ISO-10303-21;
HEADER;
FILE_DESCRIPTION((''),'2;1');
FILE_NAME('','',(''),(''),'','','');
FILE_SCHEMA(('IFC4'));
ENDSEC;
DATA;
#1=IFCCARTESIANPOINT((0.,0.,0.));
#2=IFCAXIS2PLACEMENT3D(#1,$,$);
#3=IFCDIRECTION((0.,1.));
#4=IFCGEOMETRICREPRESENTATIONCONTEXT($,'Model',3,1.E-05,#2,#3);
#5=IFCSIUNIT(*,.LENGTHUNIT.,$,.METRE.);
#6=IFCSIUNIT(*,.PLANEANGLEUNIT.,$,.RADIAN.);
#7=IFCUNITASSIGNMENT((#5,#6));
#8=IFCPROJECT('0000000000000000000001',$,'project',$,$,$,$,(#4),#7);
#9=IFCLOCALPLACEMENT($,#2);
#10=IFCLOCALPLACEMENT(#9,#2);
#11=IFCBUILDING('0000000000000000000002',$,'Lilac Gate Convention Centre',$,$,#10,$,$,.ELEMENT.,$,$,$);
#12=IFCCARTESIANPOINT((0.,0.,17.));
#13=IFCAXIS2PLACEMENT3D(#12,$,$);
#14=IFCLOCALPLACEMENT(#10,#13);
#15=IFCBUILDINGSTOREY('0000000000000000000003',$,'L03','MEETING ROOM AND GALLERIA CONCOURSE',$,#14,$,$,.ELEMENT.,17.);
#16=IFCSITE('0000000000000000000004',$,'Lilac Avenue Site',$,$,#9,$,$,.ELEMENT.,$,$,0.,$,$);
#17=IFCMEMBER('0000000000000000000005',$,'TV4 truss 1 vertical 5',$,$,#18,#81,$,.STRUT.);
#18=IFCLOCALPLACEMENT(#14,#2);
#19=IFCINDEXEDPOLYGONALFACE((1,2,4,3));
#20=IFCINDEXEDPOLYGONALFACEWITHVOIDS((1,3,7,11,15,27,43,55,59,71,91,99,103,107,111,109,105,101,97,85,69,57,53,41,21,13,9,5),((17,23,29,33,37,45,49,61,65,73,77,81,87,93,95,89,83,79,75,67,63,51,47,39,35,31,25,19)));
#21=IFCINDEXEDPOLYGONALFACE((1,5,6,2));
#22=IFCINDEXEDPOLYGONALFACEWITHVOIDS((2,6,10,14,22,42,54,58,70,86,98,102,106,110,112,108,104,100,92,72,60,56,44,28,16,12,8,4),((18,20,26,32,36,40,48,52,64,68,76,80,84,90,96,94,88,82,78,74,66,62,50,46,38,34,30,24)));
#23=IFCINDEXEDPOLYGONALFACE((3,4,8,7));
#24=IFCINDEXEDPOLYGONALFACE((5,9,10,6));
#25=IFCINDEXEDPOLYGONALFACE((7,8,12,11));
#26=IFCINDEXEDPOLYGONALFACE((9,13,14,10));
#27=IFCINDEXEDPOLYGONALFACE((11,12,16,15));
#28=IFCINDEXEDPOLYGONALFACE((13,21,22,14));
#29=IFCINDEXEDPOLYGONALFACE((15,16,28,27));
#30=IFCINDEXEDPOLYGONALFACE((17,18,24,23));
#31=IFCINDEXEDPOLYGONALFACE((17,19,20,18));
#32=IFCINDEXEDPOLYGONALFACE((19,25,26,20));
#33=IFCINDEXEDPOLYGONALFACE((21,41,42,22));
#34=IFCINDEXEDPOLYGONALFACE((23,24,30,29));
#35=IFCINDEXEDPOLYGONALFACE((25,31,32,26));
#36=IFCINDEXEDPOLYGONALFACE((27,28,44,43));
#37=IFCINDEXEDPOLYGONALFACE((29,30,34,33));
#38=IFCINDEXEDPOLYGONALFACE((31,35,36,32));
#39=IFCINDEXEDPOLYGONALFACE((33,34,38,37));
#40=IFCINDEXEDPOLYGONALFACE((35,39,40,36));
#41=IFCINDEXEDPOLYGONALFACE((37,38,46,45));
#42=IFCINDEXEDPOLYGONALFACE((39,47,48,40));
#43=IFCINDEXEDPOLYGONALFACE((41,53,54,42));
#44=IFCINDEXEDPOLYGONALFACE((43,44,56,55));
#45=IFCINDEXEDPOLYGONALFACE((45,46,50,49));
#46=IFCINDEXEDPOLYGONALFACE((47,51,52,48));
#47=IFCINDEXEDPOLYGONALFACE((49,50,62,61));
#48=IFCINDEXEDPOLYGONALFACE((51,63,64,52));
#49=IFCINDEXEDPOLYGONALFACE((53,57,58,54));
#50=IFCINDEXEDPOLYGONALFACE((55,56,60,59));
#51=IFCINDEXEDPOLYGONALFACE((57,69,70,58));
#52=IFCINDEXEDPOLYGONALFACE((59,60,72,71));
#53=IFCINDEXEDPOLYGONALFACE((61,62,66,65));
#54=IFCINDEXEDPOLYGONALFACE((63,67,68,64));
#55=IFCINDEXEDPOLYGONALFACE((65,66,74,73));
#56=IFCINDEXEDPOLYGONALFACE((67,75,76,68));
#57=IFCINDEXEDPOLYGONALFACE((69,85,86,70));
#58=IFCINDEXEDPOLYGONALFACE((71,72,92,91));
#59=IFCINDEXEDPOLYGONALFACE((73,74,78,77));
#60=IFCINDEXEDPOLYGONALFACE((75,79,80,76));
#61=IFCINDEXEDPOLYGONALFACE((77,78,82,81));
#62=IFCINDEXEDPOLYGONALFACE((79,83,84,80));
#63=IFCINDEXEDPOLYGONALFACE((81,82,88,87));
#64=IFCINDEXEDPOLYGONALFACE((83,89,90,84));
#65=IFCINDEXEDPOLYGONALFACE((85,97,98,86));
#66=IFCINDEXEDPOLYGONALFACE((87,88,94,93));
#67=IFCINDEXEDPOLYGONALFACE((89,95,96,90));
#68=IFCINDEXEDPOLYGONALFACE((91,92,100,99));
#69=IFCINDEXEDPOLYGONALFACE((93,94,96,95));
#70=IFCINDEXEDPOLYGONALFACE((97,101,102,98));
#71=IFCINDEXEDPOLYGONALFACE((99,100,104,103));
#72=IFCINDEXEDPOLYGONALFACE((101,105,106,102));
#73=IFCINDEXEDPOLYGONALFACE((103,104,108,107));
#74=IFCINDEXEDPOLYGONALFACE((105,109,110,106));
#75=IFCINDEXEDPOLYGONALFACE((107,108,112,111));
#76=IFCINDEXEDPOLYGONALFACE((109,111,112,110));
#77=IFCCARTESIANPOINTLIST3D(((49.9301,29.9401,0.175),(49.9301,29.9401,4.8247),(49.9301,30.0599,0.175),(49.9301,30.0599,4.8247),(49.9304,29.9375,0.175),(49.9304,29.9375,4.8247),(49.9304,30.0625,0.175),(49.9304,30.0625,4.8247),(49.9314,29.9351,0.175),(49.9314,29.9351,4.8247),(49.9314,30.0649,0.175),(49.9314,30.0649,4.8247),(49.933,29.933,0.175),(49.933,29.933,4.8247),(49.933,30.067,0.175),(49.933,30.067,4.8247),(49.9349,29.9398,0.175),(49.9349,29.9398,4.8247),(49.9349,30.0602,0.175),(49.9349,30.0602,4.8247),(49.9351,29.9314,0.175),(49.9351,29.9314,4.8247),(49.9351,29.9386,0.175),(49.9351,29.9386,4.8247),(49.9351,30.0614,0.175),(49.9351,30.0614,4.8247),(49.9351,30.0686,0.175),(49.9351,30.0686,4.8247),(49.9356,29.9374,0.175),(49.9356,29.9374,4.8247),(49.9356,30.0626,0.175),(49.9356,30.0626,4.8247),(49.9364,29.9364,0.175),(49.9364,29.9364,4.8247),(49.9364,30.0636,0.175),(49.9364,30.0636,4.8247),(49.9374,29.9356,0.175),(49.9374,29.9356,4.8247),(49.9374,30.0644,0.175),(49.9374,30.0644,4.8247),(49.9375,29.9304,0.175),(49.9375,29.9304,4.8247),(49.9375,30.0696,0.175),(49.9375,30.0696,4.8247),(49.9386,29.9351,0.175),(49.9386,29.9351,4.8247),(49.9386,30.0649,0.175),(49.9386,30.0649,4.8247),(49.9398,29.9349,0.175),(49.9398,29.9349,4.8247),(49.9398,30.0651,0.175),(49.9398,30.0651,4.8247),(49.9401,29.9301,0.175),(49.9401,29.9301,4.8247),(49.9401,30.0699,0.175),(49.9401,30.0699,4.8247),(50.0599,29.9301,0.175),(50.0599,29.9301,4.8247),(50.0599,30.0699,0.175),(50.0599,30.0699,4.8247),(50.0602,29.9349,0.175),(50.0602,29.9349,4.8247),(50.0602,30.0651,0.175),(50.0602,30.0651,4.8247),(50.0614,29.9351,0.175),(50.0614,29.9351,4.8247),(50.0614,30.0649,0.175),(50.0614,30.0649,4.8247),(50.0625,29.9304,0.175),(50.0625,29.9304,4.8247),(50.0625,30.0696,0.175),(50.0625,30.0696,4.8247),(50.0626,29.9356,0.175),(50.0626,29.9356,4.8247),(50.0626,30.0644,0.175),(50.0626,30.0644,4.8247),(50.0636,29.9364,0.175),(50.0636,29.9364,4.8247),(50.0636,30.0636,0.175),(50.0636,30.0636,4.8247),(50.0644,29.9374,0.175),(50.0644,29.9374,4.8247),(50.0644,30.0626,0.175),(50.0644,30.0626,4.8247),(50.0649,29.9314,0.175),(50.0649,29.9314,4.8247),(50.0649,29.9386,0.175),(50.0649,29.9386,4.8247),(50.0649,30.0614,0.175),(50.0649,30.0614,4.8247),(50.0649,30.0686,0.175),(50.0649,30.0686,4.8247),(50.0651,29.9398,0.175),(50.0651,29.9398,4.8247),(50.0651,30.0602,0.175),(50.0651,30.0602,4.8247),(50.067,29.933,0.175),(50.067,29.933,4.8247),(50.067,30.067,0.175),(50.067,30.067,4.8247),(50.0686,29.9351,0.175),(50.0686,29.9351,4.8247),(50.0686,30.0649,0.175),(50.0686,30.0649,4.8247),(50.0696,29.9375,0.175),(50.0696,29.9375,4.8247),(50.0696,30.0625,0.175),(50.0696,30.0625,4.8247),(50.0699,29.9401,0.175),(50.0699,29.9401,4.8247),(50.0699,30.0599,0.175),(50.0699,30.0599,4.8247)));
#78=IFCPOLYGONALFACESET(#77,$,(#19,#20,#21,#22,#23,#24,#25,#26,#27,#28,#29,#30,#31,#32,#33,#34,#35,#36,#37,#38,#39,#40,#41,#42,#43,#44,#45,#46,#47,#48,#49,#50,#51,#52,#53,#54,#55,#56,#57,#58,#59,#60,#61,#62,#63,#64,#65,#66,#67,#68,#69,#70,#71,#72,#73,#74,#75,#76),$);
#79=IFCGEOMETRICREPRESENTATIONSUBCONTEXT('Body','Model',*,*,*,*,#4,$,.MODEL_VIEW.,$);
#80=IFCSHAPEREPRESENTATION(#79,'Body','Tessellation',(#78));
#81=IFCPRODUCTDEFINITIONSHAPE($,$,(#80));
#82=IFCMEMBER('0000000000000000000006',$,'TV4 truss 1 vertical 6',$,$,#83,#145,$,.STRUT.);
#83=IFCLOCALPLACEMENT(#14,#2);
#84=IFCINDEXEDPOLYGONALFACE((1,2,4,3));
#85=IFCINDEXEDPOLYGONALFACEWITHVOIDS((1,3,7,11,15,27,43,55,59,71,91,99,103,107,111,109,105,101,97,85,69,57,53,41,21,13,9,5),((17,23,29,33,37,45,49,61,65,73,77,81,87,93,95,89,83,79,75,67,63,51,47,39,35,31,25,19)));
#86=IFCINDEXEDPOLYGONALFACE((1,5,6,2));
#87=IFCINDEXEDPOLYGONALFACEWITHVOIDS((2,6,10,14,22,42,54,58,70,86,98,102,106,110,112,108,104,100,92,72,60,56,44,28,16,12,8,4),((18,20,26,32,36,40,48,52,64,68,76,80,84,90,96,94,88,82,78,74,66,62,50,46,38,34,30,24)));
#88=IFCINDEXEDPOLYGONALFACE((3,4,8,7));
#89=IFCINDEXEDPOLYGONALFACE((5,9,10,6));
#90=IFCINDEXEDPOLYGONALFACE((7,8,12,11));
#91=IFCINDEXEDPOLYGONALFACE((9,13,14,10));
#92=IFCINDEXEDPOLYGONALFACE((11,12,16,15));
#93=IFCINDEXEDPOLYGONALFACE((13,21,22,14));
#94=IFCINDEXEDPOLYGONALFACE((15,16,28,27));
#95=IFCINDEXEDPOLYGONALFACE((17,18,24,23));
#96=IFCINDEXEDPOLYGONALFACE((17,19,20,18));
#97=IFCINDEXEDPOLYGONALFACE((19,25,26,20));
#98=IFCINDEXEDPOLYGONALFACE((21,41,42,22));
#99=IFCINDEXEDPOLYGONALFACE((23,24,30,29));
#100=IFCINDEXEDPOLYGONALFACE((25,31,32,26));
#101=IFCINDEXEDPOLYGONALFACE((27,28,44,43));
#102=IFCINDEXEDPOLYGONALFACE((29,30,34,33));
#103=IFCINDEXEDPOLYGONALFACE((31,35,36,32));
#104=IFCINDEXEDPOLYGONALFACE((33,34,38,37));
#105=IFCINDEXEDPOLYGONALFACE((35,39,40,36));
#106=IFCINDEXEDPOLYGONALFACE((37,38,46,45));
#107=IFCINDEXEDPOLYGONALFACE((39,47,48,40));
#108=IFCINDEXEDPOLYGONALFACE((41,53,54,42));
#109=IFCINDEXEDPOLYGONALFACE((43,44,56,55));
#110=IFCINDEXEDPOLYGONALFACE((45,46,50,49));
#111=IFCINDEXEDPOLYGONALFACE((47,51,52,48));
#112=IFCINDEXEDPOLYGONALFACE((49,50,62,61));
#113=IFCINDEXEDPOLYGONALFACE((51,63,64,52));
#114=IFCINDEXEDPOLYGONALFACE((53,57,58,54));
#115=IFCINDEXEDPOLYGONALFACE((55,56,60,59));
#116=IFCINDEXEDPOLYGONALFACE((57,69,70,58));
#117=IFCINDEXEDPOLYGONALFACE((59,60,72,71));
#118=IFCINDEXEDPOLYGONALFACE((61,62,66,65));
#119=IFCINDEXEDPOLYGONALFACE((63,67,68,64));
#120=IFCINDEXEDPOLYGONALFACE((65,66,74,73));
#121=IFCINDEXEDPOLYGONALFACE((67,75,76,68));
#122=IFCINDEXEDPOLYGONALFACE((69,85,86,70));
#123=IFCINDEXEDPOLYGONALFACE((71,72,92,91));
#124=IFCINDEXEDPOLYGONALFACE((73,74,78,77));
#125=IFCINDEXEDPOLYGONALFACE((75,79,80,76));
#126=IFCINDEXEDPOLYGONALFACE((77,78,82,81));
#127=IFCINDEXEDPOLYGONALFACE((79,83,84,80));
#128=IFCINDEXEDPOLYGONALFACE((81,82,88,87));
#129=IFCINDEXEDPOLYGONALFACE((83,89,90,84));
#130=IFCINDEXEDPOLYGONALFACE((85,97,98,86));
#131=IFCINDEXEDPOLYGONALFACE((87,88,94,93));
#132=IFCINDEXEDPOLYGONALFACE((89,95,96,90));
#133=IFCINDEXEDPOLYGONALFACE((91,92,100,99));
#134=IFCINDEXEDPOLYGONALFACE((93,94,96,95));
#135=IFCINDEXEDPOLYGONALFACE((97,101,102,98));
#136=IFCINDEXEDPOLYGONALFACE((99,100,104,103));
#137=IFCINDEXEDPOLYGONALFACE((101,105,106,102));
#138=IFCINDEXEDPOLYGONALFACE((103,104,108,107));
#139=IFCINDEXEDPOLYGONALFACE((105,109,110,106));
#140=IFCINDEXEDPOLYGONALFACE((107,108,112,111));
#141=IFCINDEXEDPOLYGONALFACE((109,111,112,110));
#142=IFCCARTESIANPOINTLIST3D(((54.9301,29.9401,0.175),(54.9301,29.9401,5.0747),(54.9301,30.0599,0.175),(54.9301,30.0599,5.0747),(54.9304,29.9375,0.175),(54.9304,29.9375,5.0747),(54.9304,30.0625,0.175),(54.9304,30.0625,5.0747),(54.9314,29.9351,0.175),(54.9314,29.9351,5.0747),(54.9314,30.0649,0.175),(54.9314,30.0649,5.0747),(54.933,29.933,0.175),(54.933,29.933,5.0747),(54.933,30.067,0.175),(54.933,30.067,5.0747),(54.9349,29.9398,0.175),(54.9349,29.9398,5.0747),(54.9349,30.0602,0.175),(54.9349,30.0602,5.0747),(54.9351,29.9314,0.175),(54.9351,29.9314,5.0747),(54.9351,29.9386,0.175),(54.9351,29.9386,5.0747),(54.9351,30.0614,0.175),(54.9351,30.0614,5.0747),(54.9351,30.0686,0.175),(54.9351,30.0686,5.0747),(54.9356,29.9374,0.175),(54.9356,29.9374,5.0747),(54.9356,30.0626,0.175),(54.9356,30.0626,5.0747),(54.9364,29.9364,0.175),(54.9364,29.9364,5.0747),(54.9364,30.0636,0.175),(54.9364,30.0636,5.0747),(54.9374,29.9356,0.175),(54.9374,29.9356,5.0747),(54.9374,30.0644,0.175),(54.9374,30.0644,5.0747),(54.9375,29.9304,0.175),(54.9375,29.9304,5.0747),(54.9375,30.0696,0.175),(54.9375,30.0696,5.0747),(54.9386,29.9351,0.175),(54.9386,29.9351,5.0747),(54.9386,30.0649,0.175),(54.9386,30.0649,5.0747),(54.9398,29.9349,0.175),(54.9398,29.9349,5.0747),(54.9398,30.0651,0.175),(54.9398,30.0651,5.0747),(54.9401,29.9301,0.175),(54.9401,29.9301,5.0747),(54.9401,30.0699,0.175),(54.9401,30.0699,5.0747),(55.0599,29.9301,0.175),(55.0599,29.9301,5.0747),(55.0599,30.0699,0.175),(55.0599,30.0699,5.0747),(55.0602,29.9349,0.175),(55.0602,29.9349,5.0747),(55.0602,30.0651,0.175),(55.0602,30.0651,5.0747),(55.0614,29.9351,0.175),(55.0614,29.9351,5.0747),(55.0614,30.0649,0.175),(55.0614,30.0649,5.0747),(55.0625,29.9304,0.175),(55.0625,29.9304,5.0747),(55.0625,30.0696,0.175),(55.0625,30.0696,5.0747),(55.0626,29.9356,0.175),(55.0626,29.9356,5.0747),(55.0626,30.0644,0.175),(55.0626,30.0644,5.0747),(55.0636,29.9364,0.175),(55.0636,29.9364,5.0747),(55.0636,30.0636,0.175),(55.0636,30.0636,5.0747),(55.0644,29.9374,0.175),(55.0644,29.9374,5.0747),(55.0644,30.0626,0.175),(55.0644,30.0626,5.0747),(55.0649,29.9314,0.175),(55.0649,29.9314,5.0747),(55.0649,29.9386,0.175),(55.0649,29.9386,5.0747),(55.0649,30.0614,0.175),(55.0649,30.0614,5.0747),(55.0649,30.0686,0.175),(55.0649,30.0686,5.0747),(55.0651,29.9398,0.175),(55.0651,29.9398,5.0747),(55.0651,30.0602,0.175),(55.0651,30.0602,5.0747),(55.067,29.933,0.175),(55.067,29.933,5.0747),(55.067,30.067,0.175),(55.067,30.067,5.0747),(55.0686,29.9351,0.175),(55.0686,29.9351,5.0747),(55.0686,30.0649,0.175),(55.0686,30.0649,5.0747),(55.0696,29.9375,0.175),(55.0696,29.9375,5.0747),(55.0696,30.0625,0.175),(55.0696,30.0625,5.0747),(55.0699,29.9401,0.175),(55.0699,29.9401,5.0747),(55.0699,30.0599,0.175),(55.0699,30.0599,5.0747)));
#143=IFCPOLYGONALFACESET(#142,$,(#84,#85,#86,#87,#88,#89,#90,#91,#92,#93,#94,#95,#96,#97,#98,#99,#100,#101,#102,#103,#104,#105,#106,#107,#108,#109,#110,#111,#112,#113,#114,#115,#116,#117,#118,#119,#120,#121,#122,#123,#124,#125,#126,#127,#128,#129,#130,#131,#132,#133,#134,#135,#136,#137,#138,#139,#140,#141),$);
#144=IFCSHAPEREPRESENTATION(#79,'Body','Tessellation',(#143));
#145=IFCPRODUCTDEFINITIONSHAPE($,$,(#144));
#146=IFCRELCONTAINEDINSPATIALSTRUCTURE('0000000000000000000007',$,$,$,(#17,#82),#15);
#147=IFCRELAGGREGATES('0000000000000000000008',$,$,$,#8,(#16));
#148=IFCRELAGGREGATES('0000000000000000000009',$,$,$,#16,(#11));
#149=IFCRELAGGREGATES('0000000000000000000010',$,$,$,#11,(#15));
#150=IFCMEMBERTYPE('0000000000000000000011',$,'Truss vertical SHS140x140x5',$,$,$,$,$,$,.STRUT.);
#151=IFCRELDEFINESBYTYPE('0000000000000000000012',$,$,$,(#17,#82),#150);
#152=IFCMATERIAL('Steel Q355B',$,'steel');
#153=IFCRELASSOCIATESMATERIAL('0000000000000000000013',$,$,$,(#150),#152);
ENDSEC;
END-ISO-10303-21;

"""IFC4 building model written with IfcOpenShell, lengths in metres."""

from ifc_helpers import new_model, si_unit, direction, frame, origin, origin_2d, place, context, subcontext, project, spatial, hollow_rectangle, extrude, material, material_profile, profile_set, type_object, element, save


model = new_model("IFC4")

# Units and contexts
model_context = context("Model", 3, precision=1e-05, world=origin(), true_north=direction((0.0, 1.0)))
body_context = subcontext(model_context, "Body", "Model", "MODEL_VIEW")
ifc_project = project(units=[si_unit("LENGTHUNIT", "METRE"), si_unit("PLANEANGLEUNIT", "RADIAN")], contexts=[model_context])

# Site, building, storey
site_placement = place(None, origin())
site = spatial("IfcSite", under=ifc_project, at=site_placement, Name="Lilac Avenue Site", CompositionType="ELEMENT", RefElevation=0.0)
building_placement = place(site_placement, origin())
building = spatial("IfcBuilding", under=site, at=building_placement, Name="Lilac Gate Convention Centre", CompositionType="ELEMENT")
storey_placement = place(building_placement, frame((0.0, 0.0, 17.0)))
storey = spatial("IfcBuildingStorey", under=building, at=storey_placement, Name="L03", Description="MEETING ROOM AND GALLERIA CONCOURSE", CompositionType="ELEMENT", Elevation=17.0)

# Members
ifc_material = material(Name="Steel Q355B", Category="steel")
ifc_material_profile_1 = material_profile(ifc_material, hollow_rectangle(XDim=0.1399, YDim=0.1399, WallThickness=0.0049, InnerFilletRadius=0.0049, OuterFilletRadius=0.01, at=origin_2d()), Name="SHS140x140x5")
ifc_profile_set_1 = profile_set([ifc_material_profile_1], Name="Steel Q355B")
member_type_1 = type_object("IfcMemberType", Name="Truss vertical SHS140x140x5", PredefinedType="STRUT", material=ifc_profile_set_1)
member_1_placement = place(storey_placement, frame((50.0, 30.0, 0.175), z_axis=(0.0, 0.0, 1.0), x_axis=(1.0, 0.0, 0.0)))
element("IfcMember", 1, at=member_1_placement, inside=storey, type_object=member_type_1, Name="TV4 truss 1 vertical 5", PredefinedType="STRUT", context=body_context, shape_type="SweptSolid", body=[
    extrude(hollow_rectangle(XDim=0.1399, YDim=0.1399, WallThickness=0.0049, InnerFilletRadius=0.0049, OuterFilletRadius=0.01, at=origin_2d()), origin(), (0.0, 0.0, 1.0), 4.6497),
])
member_2_placement = place(storey_placement, frame((55.0, 30.0, 0.175), z_axis=(0.0, 0.0, 1.0), x_axis=(1.0, 0.0, 0.0)))
element("IfcMember", 2, at=member_2_placement, inside=storey, type_object=member_type_1, Name="TV4 truss 1 vertical 6", PredefinedType="STRUT", context=body_context, shape_type="SweptSolid", body=[
    extrude(hollow_rectangle(XDim=0.1399, YDim=0.1399, WallThickness=0.0049, InnerFilletRadius=0.0049, OuterFilletRadius=0.01, at=origin_2d()), origin(), (0.0, 0.0, 1.0), 4.8997),
])

save(model, "model.ifc")
